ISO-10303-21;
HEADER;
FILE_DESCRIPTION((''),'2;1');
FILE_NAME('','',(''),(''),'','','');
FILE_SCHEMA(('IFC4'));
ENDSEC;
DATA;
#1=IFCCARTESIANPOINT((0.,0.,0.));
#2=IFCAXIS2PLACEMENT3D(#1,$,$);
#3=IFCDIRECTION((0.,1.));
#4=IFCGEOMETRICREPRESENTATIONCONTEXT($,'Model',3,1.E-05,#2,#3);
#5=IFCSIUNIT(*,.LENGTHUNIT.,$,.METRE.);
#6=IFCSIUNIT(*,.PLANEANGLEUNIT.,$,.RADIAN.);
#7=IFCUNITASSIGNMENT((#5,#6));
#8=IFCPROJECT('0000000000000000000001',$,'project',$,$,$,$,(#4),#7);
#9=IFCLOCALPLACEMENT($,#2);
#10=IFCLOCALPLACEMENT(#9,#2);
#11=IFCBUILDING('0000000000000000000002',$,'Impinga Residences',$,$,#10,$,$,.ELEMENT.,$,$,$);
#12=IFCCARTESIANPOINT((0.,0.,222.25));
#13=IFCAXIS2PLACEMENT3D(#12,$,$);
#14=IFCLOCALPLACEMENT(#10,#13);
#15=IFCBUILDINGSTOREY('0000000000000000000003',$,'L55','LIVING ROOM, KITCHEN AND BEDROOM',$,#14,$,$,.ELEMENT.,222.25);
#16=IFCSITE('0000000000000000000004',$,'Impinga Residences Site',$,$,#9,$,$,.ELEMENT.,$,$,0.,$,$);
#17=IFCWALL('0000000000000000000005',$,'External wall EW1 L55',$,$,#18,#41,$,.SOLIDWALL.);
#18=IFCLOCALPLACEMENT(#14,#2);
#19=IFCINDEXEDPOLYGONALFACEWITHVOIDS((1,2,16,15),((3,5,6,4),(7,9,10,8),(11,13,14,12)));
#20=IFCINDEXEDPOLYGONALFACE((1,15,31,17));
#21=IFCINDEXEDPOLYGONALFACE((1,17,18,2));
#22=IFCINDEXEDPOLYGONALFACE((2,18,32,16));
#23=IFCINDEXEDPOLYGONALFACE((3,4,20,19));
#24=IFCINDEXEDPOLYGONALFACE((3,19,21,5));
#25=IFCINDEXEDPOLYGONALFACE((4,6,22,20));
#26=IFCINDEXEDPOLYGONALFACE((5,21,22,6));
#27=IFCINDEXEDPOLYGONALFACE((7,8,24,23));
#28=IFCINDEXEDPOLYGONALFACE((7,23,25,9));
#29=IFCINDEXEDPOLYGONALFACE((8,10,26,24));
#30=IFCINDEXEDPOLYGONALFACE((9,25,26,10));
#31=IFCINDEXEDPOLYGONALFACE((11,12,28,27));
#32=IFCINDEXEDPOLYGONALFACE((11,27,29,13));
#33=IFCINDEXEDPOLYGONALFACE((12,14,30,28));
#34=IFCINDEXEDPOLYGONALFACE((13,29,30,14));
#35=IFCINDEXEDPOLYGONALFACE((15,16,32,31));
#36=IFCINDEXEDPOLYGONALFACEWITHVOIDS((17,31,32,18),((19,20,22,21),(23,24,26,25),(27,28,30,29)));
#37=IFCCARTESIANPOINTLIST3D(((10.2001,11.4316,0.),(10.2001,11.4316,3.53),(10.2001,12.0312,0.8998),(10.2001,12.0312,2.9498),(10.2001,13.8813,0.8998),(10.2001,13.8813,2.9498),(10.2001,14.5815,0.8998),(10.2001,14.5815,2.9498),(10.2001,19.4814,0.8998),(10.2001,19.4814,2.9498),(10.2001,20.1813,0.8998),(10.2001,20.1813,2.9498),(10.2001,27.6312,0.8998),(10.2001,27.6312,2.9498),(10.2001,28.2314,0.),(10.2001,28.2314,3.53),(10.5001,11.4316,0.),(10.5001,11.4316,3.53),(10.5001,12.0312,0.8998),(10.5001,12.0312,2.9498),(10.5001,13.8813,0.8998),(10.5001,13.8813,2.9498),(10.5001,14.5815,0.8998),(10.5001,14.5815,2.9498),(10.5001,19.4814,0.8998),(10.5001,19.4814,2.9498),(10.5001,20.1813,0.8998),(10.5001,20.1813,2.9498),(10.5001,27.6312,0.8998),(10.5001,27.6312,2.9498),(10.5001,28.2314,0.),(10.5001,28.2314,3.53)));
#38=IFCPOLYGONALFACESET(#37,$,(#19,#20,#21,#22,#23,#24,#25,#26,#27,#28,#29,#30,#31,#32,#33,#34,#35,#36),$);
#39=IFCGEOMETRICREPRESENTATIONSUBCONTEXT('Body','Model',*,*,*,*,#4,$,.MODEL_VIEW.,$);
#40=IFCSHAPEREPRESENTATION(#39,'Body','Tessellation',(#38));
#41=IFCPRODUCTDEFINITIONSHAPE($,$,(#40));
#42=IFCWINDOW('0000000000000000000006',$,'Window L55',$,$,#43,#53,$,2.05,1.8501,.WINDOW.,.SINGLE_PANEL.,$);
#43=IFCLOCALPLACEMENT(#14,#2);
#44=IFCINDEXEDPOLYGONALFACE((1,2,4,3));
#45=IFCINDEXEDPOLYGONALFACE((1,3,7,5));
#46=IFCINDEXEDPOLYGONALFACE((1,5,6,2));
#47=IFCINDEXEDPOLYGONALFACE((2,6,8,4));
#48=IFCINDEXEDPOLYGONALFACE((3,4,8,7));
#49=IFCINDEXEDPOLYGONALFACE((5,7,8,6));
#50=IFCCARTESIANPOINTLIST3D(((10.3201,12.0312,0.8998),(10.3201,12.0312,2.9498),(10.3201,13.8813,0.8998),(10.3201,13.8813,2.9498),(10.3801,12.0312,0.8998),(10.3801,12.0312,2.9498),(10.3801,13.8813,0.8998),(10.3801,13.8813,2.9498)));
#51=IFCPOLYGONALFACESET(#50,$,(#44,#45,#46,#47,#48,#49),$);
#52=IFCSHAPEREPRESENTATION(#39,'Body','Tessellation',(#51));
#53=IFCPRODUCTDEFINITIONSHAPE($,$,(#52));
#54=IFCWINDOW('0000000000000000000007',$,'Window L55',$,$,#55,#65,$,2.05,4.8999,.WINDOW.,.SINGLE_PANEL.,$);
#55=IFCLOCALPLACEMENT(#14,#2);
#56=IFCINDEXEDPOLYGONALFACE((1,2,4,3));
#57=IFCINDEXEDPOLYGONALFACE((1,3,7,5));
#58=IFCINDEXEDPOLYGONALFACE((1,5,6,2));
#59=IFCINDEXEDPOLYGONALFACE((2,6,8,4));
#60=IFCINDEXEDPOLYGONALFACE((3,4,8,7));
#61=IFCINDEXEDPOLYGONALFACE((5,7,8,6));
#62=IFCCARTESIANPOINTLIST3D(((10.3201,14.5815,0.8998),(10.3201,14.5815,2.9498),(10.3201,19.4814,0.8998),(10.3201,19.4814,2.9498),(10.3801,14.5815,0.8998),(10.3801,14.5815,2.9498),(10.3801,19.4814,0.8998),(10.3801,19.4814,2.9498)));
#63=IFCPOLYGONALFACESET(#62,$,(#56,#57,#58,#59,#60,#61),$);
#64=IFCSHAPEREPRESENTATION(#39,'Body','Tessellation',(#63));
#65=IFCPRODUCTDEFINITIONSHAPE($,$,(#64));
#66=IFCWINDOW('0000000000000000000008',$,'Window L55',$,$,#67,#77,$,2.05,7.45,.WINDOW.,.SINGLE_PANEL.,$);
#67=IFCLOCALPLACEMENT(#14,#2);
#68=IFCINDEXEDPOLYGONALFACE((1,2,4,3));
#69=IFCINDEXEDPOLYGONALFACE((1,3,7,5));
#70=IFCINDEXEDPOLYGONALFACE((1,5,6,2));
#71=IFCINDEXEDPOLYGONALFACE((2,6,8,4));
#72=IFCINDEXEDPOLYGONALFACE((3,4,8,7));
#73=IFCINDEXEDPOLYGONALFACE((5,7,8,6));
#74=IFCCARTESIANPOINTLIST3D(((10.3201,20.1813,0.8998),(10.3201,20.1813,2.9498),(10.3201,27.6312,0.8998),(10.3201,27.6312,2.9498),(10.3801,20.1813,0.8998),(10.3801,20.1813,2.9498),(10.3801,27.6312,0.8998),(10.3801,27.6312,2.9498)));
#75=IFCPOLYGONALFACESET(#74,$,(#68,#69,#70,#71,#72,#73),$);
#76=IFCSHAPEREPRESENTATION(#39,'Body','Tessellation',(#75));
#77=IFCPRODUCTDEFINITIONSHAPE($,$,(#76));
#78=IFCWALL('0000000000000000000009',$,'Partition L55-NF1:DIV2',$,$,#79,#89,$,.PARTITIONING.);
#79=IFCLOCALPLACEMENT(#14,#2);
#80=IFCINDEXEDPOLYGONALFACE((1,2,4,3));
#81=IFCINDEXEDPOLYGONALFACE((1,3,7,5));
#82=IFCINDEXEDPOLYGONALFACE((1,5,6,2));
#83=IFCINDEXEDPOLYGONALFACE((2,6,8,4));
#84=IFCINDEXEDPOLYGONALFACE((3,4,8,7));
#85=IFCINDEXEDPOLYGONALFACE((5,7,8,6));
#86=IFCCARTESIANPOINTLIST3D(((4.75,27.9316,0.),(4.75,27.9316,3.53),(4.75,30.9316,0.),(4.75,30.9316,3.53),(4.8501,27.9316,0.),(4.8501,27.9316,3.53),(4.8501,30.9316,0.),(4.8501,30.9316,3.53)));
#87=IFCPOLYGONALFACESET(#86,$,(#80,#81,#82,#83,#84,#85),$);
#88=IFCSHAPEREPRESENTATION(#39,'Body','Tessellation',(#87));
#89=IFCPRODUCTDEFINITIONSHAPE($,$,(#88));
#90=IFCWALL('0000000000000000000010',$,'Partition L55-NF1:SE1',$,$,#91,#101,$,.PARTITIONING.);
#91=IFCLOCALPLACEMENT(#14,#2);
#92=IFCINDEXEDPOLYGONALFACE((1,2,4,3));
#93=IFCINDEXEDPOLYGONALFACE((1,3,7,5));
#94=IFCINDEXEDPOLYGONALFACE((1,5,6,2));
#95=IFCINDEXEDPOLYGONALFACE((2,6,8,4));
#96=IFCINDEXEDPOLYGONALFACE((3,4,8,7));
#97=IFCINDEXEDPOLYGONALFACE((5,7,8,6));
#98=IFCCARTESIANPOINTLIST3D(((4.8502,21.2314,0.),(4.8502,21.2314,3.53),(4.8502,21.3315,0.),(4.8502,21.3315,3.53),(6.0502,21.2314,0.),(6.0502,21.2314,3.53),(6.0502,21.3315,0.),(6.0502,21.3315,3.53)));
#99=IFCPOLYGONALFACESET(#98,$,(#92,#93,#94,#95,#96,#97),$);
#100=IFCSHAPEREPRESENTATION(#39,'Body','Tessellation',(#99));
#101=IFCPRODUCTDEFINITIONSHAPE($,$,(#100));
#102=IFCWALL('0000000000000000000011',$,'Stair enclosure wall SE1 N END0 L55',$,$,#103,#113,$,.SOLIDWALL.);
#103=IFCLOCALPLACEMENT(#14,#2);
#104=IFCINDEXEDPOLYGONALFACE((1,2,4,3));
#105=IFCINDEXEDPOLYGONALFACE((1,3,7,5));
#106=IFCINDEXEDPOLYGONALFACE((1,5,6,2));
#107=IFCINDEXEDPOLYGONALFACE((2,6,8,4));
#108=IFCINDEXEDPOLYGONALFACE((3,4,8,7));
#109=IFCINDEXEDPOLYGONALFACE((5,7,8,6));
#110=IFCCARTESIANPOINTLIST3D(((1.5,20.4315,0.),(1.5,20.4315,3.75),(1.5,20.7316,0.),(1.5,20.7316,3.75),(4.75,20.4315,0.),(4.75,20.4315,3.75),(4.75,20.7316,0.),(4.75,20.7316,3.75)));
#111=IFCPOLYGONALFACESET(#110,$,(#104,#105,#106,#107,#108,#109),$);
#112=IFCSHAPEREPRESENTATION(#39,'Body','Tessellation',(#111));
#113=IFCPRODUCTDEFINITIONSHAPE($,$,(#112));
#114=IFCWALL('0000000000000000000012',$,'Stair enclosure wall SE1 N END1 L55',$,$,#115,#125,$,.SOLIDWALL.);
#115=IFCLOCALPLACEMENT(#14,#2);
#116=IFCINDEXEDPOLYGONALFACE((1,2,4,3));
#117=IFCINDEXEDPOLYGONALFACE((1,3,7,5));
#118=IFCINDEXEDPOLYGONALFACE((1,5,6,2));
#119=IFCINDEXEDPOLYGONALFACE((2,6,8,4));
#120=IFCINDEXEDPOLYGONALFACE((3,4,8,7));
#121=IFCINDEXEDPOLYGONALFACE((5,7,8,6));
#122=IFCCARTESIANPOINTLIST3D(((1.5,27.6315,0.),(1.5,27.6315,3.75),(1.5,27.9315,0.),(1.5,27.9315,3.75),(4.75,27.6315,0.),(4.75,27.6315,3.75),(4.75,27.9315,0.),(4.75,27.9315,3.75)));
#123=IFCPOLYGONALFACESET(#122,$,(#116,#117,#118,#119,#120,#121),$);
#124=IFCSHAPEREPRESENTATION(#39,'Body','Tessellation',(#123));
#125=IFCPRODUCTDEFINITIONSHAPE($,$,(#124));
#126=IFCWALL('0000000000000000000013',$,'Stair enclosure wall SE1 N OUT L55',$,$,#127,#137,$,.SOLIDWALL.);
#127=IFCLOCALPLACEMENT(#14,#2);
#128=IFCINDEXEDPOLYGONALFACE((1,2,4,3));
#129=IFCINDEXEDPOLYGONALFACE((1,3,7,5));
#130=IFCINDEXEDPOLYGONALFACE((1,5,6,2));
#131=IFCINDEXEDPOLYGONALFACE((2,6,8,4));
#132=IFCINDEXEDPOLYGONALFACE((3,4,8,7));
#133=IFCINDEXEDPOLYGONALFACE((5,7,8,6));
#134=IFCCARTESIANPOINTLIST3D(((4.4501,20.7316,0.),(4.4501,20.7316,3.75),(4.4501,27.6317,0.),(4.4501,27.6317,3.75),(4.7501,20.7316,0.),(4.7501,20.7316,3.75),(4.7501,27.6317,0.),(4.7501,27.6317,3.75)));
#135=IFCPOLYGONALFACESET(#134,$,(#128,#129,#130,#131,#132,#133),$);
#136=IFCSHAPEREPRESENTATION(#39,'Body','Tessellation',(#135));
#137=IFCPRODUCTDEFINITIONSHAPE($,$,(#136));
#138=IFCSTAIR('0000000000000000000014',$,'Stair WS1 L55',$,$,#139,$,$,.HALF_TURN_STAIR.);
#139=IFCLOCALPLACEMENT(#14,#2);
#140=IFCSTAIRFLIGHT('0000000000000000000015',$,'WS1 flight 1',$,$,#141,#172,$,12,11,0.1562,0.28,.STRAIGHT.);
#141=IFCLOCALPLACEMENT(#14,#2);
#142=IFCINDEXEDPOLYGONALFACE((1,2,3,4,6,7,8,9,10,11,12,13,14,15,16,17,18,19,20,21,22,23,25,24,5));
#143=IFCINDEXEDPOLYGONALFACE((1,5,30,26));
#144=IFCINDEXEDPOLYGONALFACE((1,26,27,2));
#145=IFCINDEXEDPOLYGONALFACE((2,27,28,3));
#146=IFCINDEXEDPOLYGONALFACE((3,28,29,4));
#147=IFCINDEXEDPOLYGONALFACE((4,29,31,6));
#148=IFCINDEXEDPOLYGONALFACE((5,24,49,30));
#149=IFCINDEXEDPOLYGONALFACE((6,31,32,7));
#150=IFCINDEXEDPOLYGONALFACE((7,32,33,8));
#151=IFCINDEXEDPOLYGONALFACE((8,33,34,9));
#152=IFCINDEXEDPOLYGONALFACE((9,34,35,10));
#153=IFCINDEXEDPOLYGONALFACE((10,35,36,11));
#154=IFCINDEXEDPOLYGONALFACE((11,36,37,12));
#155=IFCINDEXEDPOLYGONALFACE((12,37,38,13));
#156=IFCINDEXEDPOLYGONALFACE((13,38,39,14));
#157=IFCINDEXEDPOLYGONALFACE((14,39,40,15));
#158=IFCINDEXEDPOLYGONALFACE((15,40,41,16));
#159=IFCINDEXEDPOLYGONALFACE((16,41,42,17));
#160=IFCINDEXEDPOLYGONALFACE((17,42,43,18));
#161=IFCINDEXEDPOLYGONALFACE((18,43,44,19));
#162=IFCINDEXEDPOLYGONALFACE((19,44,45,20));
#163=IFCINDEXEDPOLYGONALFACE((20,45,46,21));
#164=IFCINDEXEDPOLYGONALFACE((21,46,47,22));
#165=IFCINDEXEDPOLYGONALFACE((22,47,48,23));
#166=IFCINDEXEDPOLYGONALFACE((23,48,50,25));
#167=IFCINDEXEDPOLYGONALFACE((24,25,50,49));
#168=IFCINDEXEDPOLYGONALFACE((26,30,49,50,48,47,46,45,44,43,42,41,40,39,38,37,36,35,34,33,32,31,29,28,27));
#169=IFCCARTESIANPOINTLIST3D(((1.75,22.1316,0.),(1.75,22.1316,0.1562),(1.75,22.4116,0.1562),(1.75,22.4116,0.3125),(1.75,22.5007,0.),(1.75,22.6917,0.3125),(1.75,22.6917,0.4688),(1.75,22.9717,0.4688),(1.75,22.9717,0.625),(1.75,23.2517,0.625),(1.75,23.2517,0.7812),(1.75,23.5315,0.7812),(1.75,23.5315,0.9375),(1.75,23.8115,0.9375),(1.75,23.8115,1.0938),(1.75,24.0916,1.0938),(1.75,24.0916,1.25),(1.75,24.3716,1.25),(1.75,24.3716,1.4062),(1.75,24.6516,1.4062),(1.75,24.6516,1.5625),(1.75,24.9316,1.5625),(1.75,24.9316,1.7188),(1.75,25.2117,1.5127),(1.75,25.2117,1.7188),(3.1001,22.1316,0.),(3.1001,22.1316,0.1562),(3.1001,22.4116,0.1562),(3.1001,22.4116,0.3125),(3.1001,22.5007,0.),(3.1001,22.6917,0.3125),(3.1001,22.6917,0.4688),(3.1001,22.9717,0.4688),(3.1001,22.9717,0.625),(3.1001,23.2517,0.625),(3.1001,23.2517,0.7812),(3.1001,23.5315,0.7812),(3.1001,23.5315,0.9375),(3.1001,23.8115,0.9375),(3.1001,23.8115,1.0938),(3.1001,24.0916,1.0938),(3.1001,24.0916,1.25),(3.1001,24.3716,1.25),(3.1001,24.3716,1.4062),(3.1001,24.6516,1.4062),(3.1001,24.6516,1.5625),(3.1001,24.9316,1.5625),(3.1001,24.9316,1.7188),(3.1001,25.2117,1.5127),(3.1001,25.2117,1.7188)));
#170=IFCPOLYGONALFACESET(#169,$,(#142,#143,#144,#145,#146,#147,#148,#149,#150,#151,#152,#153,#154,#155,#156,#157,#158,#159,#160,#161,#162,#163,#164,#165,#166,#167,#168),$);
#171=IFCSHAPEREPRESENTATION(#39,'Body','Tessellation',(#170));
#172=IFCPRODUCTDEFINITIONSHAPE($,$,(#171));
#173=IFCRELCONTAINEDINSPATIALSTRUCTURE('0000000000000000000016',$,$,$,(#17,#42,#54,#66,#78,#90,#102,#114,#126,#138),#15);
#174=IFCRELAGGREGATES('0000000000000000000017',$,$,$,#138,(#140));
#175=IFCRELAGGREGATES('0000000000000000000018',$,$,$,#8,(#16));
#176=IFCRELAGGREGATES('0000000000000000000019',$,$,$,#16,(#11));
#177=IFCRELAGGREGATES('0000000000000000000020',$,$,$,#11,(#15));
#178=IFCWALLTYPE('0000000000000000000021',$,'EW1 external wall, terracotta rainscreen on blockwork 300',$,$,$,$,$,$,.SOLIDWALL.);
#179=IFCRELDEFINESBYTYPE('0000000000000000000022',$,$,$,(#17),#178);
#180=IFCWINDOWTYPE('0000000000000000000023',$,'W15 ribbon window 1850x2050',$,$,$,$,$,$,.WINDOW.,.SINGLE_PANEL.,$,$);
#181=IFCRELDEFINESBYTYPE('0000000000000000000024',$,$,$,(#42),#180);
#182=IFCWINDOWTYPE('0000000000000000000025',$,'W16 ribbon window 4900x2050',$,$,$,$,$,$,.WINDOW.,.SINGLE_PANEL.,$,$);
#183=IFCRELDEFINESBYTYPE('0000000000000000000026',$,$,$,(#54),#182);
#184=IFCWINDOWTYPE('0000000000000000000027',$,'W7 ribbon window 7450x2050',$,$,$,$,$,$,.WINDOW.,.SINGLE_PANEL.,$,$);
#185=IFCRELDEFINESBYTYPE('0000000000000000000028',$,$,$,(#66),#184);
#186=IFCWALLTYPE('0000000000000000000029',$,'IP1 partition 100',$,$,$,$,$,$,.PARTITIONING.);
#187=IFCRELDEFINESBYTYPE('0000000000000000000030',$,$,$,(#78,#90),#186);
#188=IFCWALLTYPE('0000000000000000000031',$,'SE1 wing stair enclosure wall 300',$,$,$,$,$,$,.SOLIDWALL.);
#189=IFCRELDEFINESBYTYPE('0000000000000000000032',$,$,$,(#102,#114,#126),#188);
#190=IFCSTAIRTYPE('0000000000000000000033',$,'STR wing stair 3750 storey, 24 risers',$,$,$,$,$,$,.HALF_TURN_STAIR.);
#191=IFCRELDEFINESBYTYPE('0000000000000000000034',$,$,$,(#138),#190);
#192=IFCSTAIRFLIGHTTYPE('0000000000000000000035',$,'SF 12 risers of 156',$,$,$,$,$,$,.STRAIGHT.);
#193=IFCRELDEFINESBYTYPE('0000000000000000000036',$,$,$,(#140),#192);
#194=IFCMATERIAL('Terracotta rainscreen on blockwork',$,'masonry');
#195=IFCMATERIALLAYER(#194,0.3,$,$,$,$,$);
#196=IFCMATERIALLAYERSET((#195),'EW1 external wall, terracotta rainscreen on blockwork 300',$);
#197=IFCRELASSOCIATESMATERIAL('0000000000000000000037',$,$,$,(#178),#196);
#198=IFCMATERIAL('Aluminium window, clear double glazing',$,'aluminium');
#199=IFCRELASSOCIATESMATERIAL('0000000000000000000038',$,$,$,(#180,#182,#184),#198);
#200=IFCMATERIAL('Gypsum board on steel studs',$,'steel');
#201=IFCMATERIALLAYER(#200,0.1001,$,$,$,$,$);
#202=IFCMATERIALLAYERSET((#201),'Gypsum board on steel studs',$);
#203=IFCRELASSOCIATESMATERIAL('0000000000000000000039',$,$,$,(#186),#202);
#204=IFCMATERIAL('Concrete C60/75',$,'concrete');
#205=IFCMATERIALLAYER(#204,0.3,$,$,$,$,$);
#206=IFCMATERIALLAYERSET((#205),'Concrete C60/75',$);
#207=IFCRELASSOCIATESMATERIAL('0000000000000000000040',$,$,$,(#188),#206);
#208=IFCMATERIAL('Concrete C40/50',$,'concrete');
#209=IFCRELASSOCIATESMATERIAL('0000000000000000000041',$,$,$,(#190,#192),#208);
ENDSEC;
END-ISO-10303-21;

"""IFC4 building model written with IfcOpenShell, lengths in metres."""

from ifc_helpers import new_model, si_unit, direction, frame, frame_2d, origin, place, context, subcontext, project, spatial, polyline, rectangle, outline, extrude, material, layer, layer_set, type_object, element, fill, aggregate, save


model = new_model("IFC4")

# Units and contexts
model_context = context("Model", 3, precision=1e-05, world=origin(), true_north=direction((0.0, 1.0)))
body_context = subcontext(model_context, "Body", "Model", "MODEL_VIEW")
ifc_project = project(units=[si_unit("LENGTHUNIT", "METRE"), si_unit("PLANEANGLEUNIT", "RADIAN")], contexts=[model_context])

# Site, building, storey
site_placement = place(None, origin())
site = spatial("IfcSite", under=ifc_project, at=site_placement, Name="Impinga Residences Site", CompositionType="ELEMENT", RefElevation=0.0)
building_placement = place(site_placement, origin())
building = spatial("IfcBuilding", under=site, at=building_placement, Name="Impinga Residences", CompositionType="ELEMENT")
storey_placement = place(building_placement, frame((0.0, 0.0, 222.25)))
storey = spatial("IfcBuildingStorey", under=building, at=storey_placement, Name="L55", Description="LIVING ROOM, KITCHEN AND BEDROOM", CompositionType="ELEMENT", Elevation=222.25)

# Shared definitions
ifc_material_1 = material(Name="Concrete C60/75", Category="concrete")

# Shared definitions
ifc_material_2 = material(Name="Terracotta rainscreen on blockwork", Category="masonry")
ifc_layer_1 = layer(ifc_material_2, 0.3)
ifc_layer_set_1 = layer_set([ifc_layer_1], Name="EW1 external wall, terracotta rainscreen on blockwork 300")
wall_type_1 = type_object("IfcWallType", Name="EW1 external wall, terracotta rainscreen on blockwork 300", PredefinedType="SOLIDWALL", material=ifc_layer_set_1)

# Wall, openings, windows
wall_1_placement = place(storey_placement, frame((10.3501, 28.2314, 0.0), z_axis=(0.0, 0.0, 1.0), x_axis=(0.0, -1.0, 0.0)))
wall_1 = element("IfcWall", 1, at=wall_1_placement, inside=storey, type_object=wall_type_1, Name="External wall EW1 L55", PredefinedType="SOLIDWALL", context=body_context, shape_type="SweptSolid", body=[
    extrude(rectangle(XDim=16.7998, YDim=0.3, at=frame_2d((8.3999, 0.0))), origin(), (0.0, 0.0, 1.0), 3.53),
])
opening_1_placement = place(wall_1_placement, frame((0.6001, 0.0, 0.8999)))
opening_1 = element("IfcOpeningElement", 2, at=opening_1_placement, cuts=wall_1, PredefinedType="OPENING", context=body_context, shape_type="SweptSolid", body=[
    extrude(rectangle(XDim=7.45, YDim=2.05, at=frame_2d((3.7251, 1.0249))), frame((0.0, 0.1599, 0.0), z_axis=(0.0, -1.0, 0.0), x_axis=(1.0, 0.0, 0.0)), (0.0, 0.0, 1.0), 0.3201),
])
opening_2_placement = place(wall_1_placement, frame((8.75, 0.0, 0.8999)))
opening_2 = element("IfcOpeningElement", 3, at=opening_2_placement, cuts=wall_1, PredefinedType="OPENING", context=body_context, shape_type="SweptSolid", body=[
    extrude(rectangle(XDim=4.8999, YDim=2.05, at=frame_2d((2.45, 1.0249))), frame((0.0, 0.1599, 0.0), z_axis=(0.0, -1.0, 0.0), x_axis=(1.0, 0.0, 0.0)), (0.0, 0.0, 1.0), 0.3201),
])
opening_3_placement = place(wall_1_placement, frame((14.3501, 0.0, 0.8999)))
opening_3 = element("IfcOpeningElement", 4, at=opening_3_placement, cuts=wall_1, PredefinedType="OPENING", context=body_context, shape_type="SweptSolid", body=[
    extrude(rectangle(XDim=1.8501, YDim=2.05, at=frame_2d((0.925, 1.0249))), frame((0.0, 0.1599, 0.0), z_axis=(0.0, -1.0, 0.0), x_axis=(1.0, 0.0, 0.0)), (0.0, 0.0, 1.0), 0.3201),
])
ifc_material_3 = material(Name="Aluminium window, clear double glazing", Category="aluminium")
window_type_1 = type_object("IfcWindowType", Name="W15 ribbon window 1850x2050", PartitioningType="SINGLE_PANEL", PredefinedType="WINDOW", material=ifc_material_3)
window_1_placement = place(opening_3_placement, origin())
window_1 = element("IfcWindow", 5, at=window_1_placement, inside=storey, type_object=window_type_1, Name="Window L55", OverallHeight=2.05, OverallWidth=1.8501, PartitioningType="SINGLE_PANEL", PredefinedType="WINDOW", context=body_context, shape_type="SweptSolid", body=[
    extrude(rectangle(XDim=1.8501, YDim=2.05, at=frame_2d((0.925, 1.0249))), frame((0.0, 0.03, 0.0), z_axis=(0.0, -1.0, 0.0), x_axis=(1.0, 0.0, 0.0)), (0.0, 0.0, 1.0), 0.0601),
])
fill(opening_3, window_1)
window_type_2 = type_object("IfcWindowType", Name="W16 ribbon window 4900x2050", PartitioningType="SINGLE_PANEL", PredefinedType="WINDOW", material=ifc_material_3)
window_2_placement = place(opening_2_placement, origin())
window_2 = element("IfcWindow", 6, at=window_2_placement, inside=storey, type_object=window_type_2, Name="Window L55", OverallHeight=2.05, OverallWidth=4.8999, PartitioningType="SINGLE_PANEL", PredefinedType="WINDOW", context=body_context, shape_type="SweptSolid", body=[
    extrude(rectangle(XDim=4.8999, YDim=2.05, at=frame_2d((2.45, 1.0249))), frame((0.0, 0.03, 0.0), z_axis=(0.0, -1.0, 0.0), x_axis=(1.0, 0.0, 0.0)), (0.0, 0.0, 1.0), 0.0601),
])
fill(opening_2, window_2)
window_type_3 = type_object("IfcWindowType", Name="W7 ribbon window 7450x2050", PartitioningType="SINGLE_PANEL", PredefinedType="WINDOW", material=ifc_material_3)
window_3_placement = place(opening_1_placement, origin())
window_3 = element("IfcWindow", 7, at=window_3_placement, inside=storey, type_object=window_type_3, Name="Window L55", OverallHeight=2.05, OverallWidth=7.45, PartitioningType="SINGLE_PANEL", PredefinedType="WINDOW", context=body_context, shape_type="SweptSolid", body=[
    extrude(rectangle(XDim=7.45, YDim=2.05, at=frame_2d((3.7251, 1.0249))), frame((0.0, 0.03, 0.0), z_axis=(0.0, -1.0, 0.0), x_axis=(1.0, 0.0, 0.0)), (0.0, 0.0, 1.0), 0.0601),
])
fill(opening_1, window_3)

# Walls
ifc_material_4 = material(Name="Gypsum board on steel studs", Category="steel")
ifc_layer_2 = layer(ifc_material_4, 0.1001)
ifc_layer_set_2 = layer_set([ifc_layer_2], Name="Gypsum board on steel studs")
wall_type_2 = type_object("IfcWallType", Name="IP1 partition 100", PredefinedType="PARTITIONING", material=ifc_layer_set_2)
wall_2_placement = place(storey_placement, frame((4.8, 27.9316, 0.0), z_axis=(0.0, 0.0, 1.0), x_axis=(0.0, 1.0, 0.0)))
element("IfcWall", 8, at=wall_2_placement, inside=storey, type_object=wall_type_2, Name="Partition L55-NF1:DIV2", PredefinedType="PARTITIONING", context=body_context, shape_type="SweptSolid", body=[
    extrude(rectangle(XDim=3.0, YDim=0.1001, at=frame_2d((1.5, 0.0))), origin(), (0.0, 0.0, 1.0), 3.53),
])
wall_3_placement = place(storey_placement, frame((4.8501, 21.2815, 0.0), z_axis=(0.0, 0.0, 1.0), x_axis=(1.0, 0.0, 0.0)))
element("IfcWall", 9, at=wall_3_placement, inside=storey, type_object=wall_type_2, Name="Partition L55-NF1:SE1", PredefinedType="PARTITIONING", context=body_context, shape_type="SweptSolid", body=[
    extrude(rectangle(XDim=1.2, YDim=0.1001, at=frame_2d((0.6001, 0.0))), origin(), (0.0, 0.0, 1.0), 3.53),
])
ifc_layer_3 = layer(ifc_material_1, 0.3)
ifc_layer_set_3 = layer_set([ifc_layer_3], Name="Concrete C60/75")
wall_type_3 = type_object("IfcWallType", Name="SE1 wing stair enclosure wall 300", PredefinedType="SOLIDWALL", material=ifc_layer_set_3)
for number, where, z_axis, x_axis, name in (
    (10, (1.5, 20.5815, 0.0), (0.0, 0.0, 1.0), (1.0, 0.0, 0.0), "Stair enclosure wall SE1 N END0 L55"),
    (11, (1.5, 27.7815, 0.0), (0.0, 0.0, 1.0), (1.0, 0.0, 0.0), "Stair enclosure wall SE1 N END1 L55"),
):
    element("IfcWall", number, at=place(storey_placement, frame(where, z_axis=z_axis, x_axis=x_axis)), inside=storey, type_object=wall_type_3, Name=name, PredefinedType="SOLIDWALL", context=body_context, shape_type="SweptSolid", body=[
        extrude(rectangle(XDim=3.25, YDim=0.3, at=frame_2d((1.625, 0.0))), origin(), (0.0, 0.0, 1.0), 3.75),
    ])
wall_4_placement = place(storey_placement, frame((4.6001, 20.7314, 0.0), z_axis=(0.0, 0.0, 1.0), x_axis=(0.0, 1.0, 0.0)))
element("IfcWall", 12, at=wall_4_placement, inside=storey, type_object=wall_type_3, Name="Stair enclosure wall SE1 N OUT L55", PredefinedType="SOLIDWALL", context=body_context, shape_type="SweptSolid", body=[
    extrude(rectangle(XDim=6.9001, YDim=0.3, at=frame_2d((3.4502, 0.0))), origin(), (0.0, 0.0, 1.0), 3.75),
])

# Stair, stair flight
ifc_material_5 = material(Name="Concrete C40/50", Category="concrete")
stair_type = type_object("IfcStairType", Name="STR wing stair 3750 storey, 24 risers", PredefinedType="HALF_TURN_STAIR", material=ifc_material_5)
stair_placement = place(storey_placement, origin())
stair = element("IfcStair", 13, at=stair_placement, inside=storey, type_object=stair_type, Name="Stair WS1 L55", PredefinedType="HALF_TURN_STAIR")
stair_flight_type = type_object("IfcStairFlightType", Name="SF 12 risers of 156", PredefinedType="STRAIGHT", material=ifc_material_5)
stair_flight_1_placement = place(storey_placement, frame((2.425, 22.1316, 0.0), z_axis=(0.0, 0.0, 1.0), x_axis=(0.0, 1.0, 0.0)))
stair_flight_1 = element("IfcStairFlight", 14, at=stair_flight_1_placement, type_object=stair_flight_type, Name="WS1 flight 1", NumberOfRisers=12, NumberOfTreads=11, PredefinedType="STRAIGHT", RiserHeight=0.1562, TreadLength=0.28, context=body_context, shape_type="SweptSolid", body=[
    extrude(outline(polyline([(0.0, 0.0), (0.0, 0.1562), (0.28, 0.1562), (0.28, 0.3125), (0.5601, 0.3125), (0.5601, 0.4688), (0.8401, 0.4688), (0.8401, 0.625), (1.1201, 0.625), (1.1201, 0.7812), (1.3999, 0.7812), (1.3999, 0.9375), (1.6799, 0.9375), (1.6799, 1.0938), (1.96, 1.0938), (1.96, 1.25), (2.24, 1.25), (2.24, 1.4062), (2.52, 1.4062), (2.52, 1.5625), (2.8, 1.5625), (2.8, 1.7188), (3.0801, 1.7188), (3.0801, 1.875), (3.0801, 1.5127), (0.3691, 0.0), (0.0, 0.0)])), frame((0.0, 0.675, 0.0), z_axis=(0.0, -1.0, 0.0), x_axis=(1.0, 0.0, 0.0)), (0.0, 0.0, 1.0), 1.3501),
])
aggregate(stair, [stair_flight_1])

save(model, "model.ifc")
